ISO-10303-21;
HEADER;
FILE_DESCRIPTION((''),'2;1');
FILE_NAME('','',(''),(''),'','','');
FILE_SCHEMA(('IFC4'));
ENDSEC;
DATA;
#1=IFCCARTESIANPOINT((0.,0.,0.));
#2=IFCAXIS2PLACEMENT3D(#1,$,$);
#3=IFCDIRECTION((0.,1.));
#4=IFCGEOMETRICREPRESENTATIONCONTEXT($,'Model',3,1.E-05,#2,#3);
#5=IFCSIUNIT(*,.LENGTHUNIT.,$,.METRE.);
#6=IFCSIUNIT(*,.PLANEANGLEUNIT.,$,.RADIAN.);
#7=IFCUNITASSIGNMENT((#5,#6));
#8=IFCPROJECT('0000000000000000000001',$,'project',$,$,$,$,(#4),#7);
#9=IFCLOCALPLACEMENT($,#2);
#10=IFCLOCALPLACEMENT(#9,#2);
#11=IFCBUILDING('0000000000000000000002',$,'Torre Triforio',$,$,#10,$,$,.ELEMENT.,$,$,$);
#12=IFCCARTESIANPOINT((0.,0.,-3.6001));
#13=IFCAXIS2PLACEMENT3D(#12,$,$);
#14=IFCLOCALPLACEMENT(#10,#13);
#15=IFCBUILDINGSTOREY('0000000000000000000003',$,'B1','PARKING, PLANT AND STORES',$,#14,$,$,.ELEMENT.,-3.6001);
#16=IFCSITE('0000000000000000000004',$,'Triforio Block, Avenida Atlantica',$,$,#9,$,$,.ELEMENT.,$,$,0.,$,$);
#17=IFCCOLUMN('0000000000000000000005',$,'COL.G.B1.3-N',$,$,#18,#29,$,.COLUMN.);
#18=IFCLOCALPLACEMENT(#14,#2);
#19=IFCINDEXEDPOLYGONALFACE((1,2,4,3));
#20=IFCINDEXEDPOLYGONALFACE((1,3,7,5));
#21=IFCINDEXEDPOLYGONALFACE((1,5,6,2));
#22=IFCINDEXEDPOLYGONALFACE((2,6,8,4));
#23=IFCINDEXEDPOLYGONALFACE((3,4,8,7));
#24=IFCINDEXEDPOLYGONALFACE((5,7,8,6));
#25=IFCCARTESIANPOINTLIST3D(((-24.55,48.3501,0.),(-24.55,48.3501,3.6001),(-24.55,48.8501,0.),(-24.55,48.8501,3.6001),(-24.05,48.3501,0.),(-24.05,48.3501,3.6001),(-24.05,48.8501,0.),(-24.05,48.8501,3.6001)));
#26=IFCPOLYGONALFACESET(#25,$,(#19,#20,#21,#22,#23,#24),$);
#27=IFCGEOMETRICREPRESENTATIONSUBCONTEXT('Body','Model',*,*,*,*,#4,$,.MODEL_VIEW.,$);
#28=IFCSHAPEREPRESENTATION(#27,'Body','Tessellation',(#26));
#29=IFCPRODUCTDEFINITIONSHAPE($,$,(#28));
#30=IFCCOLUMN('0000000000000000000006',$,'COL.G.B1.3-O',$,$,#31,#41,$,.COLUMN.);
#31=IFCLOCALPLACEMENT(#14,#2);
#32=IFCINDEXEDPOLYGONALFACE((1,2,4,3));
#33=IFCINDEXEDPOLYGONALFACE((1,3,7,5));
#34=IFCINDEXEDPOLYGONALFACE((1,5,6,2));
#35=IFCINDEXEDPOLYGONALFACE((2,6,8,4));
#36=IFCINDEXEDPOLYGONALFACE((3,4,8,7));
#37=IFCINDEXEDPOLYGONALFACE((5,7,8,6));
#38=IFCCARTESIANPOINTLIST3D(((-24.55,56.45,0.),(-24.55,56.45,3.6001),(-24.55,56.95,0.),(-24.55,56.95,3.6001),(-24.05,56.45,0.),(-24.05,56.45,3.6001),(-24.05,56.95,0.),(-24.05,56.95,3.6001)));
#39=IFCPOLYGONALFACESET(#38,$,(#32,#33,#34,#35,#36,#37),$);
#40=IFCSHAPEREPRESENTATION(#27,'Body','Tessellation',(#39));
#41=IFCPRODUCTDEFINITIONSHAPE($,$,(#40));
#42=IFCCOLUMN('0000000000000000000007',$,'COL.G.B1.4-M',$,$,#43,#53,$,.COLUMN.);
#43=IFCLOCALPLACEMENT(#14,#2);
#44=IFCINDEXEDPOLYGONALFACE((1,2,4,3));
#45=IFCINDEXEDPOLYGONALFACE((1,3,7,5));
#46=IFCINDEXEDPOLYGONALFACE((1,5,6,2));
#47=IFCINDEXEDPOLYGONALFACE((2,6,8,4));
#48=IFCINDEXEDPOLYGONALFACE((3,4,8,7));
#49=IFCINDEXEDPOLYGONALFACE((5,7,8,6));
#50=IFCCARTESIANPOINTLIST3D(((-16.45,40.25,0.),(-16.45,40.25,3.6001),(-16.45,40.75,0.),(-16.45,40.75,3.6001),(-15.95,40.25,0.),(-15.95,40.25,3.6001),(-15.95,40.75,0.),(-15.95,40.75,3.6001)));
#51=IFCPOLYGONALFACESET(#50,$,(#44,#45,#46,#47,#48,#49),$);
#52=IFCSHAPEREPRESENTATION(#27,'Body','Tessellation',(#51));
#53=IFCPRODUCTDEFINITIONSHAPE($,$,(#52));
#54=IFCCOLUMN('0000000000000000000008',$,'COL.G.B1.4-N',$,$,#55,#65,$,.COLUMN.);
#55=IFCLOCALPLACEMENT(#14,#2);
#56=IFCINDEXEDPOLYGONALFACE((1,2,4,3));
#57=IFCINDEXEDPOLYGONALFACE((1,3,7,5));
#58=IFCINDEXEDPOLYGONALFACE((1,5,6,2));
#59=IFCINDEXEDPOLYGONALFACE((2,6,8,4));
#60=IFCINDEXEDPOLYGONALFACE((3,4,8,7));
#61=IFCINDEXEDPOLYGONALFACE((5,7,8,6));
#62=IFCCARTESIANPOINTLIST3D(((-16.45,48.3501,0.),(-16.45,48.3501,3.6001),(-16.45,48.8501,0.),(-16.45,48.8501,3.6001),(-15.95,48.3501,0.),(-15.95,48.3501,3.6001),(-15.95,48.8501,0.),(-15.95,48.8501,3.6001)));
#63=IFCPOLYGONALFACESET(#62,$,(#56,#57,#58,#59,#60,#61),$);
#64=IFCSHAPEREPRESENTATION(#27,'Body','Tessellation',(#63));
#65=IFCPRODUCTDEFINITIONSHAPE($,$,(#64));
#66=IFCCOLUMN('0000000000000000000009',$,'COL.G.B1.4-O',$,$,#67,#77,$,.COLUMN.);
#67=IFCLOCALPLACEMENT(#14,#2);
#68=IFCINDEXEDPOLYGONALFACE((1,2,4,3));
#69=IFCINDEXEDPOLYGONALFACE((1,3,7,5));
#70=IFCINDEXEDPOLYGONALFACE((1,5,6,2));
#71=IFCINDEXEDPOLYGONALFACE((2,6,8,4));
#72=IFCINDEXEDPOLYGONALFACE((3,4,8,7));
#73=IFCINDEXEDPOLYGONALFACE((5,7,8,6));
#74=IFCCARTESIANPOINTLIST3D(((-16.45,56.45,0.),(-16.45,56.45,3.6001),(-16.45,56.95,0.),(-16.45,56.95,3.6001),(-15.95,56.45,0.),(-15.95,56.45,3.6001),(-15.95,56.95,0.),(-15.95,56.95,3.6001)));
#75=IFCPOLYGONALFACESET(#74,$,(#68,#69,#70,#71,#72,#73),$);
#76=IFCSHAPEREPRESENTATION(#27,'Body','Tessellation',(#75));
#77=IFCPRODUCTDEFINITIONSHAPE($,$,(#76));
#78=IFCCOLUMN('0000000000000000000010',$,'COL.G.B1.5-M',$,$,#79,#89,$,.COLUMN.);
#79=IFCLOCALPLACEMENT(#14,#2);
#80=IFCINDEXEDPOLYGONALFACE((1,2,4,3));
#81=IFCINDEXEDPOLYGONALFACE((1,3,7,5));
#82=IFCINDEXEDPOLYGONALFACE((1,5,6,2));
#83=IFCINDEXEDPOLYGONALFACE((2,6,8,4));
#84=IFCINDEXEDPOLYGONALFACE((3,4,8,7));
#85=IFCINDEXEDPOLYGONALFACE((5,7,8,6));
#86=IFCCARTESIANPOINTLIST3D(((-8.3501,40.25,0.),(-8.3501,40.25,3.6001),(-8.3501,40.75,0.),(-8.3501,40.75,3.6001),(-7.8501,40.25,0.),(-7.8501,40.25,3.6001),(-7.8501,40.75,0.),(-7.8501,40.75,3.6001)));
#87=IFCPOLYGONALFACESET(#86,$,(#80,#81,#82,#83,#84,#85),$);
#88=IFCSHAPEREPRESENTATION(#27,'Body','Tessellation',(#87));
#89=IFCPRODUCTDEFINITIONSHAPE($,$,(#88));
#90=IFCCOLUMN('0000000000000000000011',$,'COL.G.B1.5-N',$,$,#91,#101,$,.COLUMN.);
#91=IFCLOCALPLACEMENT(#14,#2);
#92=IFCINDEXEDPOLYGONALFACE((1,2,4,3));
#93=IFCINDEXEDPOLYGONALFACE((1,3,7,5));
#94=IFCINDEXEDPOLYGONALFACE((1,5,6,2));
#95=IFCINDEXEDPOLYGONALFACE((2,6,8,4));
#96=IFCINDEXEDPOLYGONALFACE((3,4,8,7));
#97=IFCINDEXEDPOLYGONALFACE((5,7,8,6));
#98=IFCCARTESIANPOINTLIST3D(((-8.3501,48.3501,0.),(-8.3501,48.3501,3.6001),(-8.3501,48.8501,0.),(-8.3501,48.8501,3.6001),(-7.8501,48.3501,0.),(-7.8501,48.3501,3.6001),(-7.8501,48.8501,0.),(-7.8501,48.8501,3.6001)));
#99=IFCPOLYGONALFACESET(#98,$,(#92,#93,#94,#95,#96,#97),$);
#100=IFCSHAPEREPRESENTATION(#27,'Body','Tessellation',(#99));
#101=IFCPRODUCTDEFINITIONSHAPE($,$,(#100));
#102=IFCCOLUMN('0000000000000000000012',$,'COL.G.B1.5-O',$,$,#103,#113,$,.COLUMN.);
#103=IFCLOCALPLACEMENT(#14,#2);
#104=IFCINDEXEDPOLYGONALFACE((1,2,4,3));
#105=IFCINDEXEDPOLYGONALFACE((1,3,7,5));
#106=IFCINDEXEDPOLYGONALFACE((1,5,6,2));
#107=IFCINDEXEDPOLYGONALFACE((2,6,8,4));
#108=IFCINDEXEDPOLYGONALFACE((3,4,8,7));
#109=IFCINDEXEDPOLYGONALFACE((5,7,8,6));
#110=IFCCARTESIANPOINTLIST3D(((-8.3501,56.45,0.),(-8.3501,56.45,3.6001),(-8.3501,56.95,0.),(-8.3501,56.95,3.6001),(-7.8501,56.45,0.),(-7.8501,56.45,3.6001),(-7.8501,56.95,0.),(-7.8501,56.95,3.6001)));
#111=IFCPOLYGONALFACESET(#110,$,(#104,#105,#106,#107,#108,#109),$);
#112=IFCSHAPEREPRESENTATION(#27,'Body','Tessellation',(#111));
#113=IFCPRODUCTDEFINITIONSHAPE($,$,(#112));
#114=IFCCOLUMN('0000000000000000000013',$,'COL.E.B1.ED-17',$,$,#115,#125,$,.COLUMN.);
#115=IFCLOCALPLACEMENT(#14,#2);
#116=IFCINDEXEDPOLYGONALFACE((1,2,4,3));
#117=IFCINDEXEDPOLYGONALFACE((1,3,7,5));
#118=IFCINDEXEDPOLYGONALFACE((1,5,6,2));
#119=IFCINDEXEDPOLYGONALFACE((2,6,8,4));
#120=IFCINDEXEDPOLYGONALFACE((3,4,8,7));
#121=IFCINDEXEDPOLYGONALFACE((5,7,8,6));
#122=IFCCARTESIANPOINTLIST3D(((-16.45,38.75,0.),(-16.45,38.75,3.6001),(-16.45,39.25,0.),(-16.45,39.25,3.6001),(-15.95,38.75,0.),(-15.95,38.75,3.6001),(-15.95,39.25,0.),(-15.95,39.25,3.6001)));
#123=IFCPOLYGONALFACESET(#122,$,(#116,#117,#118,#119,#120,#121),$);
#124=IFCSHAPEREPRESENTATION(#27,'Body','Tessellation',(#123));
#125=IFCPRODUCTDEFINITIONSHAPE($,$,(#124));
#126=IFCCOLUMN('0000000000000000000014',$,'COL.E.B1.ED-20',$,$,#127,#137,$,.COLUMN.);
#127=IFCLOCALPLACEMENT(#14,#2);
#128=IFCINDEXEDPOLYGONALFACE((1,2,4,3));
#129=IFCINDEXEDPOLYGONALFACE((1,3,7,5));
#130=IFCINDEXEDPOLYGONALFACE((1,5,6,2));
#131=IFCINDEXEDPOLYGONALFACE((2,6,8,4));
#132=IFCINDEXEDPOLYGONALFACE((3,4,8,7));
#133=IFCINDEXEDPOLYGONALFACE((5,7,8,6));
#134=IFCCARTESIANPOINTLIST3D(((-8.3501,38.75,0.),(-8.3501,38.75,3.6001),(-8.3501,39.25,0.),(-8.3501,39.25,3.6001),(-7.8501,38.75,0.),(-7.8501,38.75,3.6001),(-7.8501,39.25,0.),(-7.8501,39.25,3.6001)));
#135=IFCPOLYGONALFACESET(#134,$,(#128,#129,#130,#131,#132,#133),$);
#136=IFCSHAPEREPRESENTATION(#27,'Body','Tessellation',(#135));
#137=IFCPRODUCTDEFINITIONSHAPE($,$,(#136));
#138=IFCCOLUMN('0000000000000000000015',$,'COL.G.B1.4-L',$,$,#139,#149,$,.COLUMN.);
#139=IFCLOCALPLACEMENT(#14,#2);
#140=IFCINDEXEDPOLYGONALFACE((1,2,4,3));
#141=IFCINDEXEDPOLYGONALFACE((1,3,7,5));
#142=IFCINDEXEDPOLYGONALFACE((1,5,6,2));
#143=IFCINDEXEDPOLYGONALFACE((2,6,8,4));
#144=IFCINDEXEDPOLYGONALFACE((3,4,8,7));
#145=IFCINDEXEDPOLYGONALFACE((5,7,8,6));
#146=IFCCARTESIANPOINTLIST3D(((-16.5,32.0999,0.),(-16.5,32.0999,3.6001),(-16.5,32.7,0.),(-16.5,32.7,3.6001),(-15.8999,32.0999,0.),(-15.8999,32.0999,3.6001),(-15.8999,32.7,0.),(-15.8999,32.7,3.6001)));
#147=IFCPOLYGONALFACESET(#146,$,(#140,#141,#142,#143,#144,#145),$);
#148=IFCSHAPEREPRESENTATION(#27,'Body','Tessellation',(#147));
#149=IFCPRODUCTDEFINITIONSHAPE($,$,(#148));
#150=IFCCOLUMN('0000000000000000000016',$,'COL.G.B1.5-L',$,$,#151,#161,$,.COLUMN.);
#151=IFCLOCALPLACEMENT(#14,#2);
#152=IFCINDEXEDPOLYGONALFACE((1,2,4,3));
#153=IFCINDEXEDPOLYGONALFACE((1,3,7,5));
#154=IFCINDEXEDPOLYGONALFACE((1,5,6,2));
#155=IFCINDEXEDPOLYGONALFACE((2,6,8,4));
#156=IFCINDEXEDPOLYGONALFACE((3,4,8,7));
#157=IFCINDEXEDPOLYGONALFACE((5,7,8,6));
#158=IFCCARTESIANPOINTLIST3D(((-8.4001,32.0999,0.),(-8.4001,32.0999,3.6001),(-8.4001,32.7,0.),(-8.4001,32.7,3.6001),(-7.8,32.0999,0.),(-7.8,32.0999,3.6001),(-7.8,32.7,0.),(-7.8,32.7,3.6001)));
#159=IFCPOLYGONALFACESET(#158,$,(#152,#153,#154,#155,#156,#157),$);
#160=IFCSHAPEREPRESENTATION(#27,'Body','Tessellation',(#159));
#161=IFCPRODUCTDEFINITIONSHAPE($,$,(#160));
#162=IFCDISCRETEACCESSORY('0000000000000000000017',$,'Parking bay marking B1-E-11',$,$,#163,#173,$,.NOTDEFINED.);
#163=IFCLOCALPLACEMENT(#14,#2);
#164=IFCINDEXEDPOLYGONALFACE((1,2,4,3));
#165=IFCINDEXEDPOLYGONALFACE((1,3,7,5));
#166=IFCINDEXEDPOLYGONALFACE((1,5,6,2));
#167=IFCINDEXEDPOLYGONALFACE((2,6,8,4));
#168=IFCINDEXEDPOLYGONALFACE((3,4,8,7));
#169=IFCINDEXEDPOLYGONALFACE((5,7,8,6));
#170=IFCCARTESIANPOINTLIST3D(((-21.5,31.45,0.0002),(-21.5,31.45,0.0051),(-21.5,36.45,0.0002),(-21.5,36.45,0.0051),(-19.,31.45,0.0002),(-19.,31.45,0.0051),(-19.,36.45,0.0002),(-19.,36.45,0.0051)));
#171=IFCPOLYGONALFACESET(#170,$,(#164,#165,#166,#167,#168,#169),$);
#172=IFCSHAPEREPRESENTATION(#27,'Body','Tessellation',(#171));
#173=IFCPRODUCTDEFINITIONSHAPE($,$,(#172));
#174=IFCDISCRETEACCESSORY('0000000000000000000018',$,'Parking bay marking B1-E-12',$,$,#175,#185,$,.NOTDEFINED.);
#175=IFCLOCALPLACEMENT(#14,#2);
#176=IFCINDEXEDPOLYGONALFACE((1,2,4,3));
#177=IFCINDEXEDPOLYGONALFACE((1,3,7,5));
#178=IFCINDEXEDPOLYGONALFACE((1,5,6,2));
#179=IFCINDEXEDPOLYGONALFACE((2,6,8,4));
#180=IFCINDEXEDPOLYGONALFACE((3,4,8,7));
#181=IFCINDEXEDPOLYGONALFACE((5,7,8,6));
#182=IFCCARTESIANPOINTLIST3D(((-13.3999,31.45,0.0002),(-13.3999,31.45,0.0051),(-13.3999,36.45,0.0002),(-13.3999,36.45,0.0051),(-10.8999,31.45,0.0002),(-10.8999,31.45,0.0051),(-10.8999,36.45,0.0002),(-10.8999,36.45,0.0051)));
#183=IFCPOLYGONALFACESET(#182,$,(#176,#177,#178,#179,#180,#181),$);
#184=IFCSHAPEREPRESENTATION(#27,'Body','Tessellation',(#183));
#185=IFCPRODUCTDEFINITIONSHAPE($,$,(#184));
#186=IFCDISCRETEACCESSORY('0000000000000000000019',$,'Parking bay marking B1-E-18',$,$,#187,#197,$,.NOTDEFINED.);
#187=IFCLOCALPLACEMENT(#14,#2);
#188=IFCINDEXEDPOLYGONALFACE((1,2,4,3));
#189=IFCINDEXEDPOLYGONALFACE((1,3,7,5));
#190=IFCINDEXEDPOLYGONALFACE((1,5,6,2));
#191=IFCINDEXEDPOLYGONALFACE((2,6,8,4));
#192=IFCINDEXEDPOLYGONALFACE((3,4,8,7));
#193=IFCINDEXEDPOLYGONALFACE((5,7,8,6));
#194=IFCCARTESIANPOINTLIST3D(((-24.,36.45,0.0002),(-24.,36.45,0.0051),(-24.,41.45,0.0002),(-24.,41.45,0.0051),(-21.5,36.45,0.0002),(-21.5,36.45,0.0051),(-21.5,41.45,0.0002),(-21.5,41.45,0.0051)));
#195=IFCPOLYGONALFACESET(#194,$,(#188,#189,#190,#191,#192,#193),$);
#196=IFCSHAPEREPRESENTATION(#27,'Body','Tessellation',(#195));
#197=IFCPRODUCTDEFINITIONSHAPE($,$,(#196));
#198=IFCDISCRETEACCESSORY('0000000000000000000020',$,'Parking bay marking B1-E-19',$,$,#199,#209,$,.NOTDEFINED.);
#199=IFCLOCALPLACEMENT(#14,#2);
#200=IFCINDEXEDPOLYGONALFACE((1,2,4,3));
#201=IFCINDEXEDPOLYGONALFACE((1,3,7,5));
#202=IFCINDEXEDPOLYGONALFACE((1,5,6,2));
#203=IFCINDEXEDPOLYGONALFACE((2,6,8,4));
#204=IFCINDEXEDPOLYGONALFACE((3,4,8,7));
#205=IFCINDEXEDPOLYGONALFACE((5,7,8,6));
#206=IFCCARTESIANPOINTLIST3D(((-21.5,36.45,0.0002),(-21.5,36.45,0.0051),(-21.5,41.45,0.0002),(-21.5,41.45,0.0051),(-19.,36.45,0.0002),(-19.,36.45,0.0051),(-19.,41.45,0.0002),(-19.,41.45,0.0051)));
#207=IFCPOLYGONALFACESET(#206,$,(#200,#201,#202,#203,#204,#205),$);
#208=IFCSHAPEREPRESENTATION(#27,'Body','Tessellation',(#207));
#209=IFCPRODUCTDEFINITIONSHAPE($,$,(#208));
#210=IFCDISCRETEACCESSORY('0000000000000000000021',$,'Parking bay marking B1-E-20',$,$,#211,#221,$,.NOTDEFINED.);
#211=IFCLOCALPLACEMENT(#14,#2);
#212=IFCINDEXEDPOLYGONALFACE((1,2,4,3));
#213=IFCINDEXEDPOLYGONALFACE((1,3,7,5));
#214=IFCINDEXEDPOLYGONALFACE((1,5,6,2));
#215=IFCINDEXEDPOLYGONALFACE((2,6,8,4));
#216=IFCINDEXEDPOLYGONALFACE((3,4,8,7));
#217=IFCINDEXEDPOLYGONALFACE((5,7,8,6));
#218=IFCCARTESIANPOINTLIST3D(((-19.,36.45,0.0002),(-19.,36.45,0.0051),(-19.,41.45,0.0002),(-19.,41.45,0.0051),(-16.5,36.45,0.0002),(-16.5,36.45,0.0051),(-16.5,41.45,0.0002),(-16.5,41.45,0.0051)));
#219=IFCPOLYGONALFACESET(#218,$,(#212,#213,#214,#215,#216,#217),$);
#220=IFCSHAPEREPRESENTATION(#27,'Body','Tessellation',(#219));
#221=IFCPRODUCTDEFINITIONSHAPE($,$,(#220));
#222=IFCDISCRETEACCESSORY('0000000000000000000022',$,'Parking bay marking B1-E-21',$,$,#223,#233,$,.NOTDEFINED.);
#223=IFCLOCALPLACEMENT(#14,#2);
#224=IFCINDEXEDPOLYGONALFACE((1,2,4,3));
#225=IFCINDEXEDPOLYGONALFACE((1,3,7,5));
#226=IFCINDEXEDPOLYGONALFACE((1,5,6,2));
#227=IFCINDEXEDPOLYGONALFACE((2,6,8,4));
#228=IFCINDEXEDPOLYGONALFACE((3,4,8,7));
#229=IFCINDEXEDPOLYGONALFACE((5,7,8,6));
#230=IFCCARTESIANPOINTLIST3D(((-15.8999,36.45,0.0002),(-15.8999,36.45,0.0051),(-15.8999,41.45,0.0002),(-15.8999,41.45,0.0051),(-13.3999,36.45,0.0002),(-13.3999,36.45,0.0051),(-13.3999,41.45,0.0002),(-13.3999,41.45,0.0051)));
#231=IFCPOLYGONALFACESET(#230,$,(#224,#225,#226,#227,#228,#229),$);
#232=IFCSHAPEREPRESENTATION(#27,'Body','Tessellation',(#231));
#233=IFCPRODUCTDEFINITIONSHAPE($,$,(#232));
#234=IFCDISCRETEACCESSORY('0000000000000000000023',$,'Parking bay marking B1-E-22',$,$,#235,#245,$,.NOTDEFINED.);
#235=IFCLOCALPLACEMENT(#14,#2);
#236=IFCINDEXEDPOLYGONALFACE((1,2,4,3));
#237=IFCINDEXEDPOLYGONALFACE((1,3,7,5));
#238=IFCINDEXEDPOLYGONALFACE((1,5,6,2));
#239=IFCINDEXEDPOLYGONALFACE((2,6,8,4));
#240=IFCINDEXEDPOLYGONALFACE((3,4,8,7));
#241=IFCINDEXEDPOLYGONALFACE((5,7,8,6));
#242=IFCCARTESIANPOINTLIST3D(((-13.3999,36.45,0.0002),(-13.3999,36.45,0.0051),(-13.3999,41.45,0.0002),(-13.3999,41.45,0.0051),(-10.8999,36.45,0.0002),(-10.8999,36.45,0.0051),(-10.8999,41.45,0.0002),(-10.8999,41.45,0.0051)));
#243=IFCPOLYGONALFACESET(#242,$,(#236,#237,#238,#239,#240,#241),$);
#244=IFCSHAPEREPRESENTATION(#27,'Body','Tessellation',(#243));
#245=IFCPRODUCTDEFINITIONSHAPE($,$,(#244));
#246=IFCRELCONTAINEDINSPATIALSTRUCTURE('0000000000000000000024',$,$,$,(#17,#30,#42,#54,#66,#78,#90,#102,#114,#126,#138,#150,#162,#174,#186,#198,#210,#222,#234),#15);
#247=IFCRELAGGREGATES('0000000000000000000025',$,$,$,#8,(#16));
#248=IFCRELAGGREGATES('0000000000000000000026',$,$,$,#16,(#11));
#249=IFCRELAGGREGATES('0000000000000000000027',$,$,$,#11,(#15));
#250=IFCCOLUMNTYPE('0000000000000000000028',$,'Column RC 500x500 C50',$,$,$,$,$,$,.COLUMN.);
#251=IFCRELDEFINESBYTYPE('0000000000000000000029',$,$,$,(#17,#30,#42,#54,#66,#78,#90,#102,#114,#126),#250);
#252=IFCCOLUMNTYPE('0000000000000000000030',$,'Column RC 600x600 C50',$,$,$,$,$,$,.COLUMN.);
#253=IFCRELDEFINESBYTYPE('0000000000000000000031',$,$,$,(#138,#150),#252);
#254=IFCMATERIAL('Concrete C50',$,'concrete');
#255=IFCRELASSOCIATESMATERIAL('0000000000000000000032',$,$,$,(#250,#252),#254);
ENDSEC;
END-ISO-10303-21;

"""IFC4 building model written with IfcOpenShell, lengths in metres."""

from ifc_helpers import new_model, si_unit, direction, frame, origin, origin_2d, place, context, subcontext, project, spatial, rectangle, extrude, material, material_profile, profile_set, type_object, element, save


model = new_model("IFC4")

# Units and contexts
model_context = context("Model", 3, precision=1e-05, world=origin(), true_north=direction((0.0, 1.0)))
body_context = subcontext(model_context, "Body", "Model", "MODEL_VIEW")
ifc_project = project(units=[si_unit("LENGTHUNIT", "METRE"), si_unit("PLANEANGLEUNIT", "RADIAN")], contexts=[model_context])

# Site, building, storey
site_placement = place(None, origin())
site = spatial("IfcSite", under=ifc_project, at=site_placement, Name="Triforio Block, Avenida Atlantica", CompositionType="ELEMENT", RefElevation=0.0)
building_placement = place(site_placement, origin())
building = spatial("IfcBuilding", under=site, at=building_placement, Name="Torre Triforio", CompositionType="ELEMENT")
storey_placement = place(building_placement, frame((0.0, 0.0, -3.6001)))
storey = spatial("IfcBuildingStorey", under=building, at=storey_placement, Name="B1", Description="PARKING, PLANT AND STORES", CompositionType="ELEMENT", Elevation=-3.6001)

# Columns
ifc_material = material(Name="Concrete C50", Category="concrete")
ifc_material_profile_1 = material_profile(ifc_material, rectangle(XDim=0.5, YDim=0.5, at=origin_2d()), Name="RC 500x500")
ifc_profile_set_1 = profile_set([ifc_material_profile_1], Name="Concrete C50")
column_type_1 = type_object("IfcColumnType", Name="Column RC 500x500 C50", PredefinedType="COLUMN", material=ifc_profile_set_1)
for number, where, z_axis, x_axis, name in (
    (1, (-24.3, 48.6001, 0.0), (0.0, 0.0, 1.0), (1.0, 0.0, 0.0), "COL.G.B1.3-N"),
    (2, (-24.3, 56.7, 0.0), (0.0, 0.0, 1.0), (1.0, 0.0, 0.0), "COL.G.B1.3-O"),
    (3, (-16.2, 40.5, 0.0), (0.0, 0.0, 1.0), (1.0, 0.0, 0.0), "COL.G.B1.4-M"),
    (4, (-16.2, 48.6001, 0.0), (0.0, 0.0, 1.0), (1.0, 0.0, 0.0), "COL.G.B1.4-N"),
    (5, (-16.2, 56.7, 0.0), (0.0, 0.0, 1.0), (1.0, 0.0, 0.0), "COL.G.B1.4-O"),
    (6, (-8.1001, 40.5, 0.0), (0.0, 0.0, 1.0), (1.0, 0.0, 0.0), "COL.G.B1.5-M"),
    (7, (-8.1001, 48.6001, 0.0), (0.0, 0.0, 1.0), (1.0, 0.0, 0.0), "COL.G.B1.5-N"),
    (8, (-8.1001, 56.7, 0.0), (0.0, 0.0, 1.0), (1.0, 0.0, 0.0), "COL.G.B1.5-O"),
    (9, (-16.2, 39.0, 0.0), (0.0, 0.0, 1.0), (1.0, 0.0, 0.0), "COL.E.B1.ED-17"),
    (10, (-8.1001, 39.0, 0.0), (0.0, 0.0, 1.0), (1.0, 0.0, 0.0), "COL.E.B1.ED-20"),
):
    element("IfcColumn", number, at=place(storey_placement, frame(where, z_axis=z_axis, x_axis=x_axis)), inside=storey, type_object=column_type_1, Name=name, PredefinedType="COLUMN", context=body_context, shape_type="SweptSolid", body=[
        extrude(rectangle(XDim=0.5, YDim=0.5, at=origin_2d()), origin(), (0.0, 0.0, 1.0), 3.6001),
    ])
ifc_material_profile_2 = material_profile(ifc_material, rectangle(XDim=0.6001, YDim=0.6001, at=origin_2d()), Name="RC 600x600")
ifc_profile_set_2 = profile_set([ifc_material_profile_2], Name="Concrete C50")
column_type_2 = type_object("IfcColumnType", Name="Column RC 600x600 C50", PredefinedType="COLUMN", material=ifc_profile_set_2)
for number, where, z_axis, x_axis, name in (
    (11, (-16.2, 32.3999, 0.0), (0.0, 0.0, 1.0), (1.0, 0.0, 0.0), "COL.G.B1.4-L"),
    (12, (-8.1001, 32.3999, 0.0), (0.0, 0.0, 1.0), (1.0, 0.0, 0.0), "COL.G.B1.5-L"),
):
    element("IfcColumn", number, at=place(storey_placement, frame(where, z_axis=z_axis, x_axis=x_axis)), inside=storey, type_object=column_type_2, Name=name, PredefinedType="COLUMN", context=body_context, shape_type="SweptSolid", body=[
        extrude(rectangle(XDim=0.6001, YDim=0.6001, at=origin_2d()), origin(), (0.0, 0.0, 1.0), 3.6001),
    ])

# Discrete accessories
for number, where, z_axis, x_axis, name in (
    (13, (-20.25, 33.95, 0.0002), (0.0, 0.0, 1.0), (1.0, 0.0, 0.0), "Parking bay marking B1-E-11"),
    (14, (-12.1499, 33.95, 0.0002), (0.0, 0.0, 1.0), (1.0, 0.0, 0.0), "Parking bay marking B1-E-12"),
    (15, (-22.75, 38.95, 0.0002), (0.0, 0.0, 1.0), (1.0, 0.0, 0.0), "Parking bay marking B1-E-18"),
    (16, (-20.25, 38.95, 0.0002), (0.0, 0.0, 1.0), (1.0, 0.0, 0.0), "Parking bay marking B1-E-19"),
    (17, (-17.75, 38.95, 0.0002), (0.0, 0.0, 1.0), (1.0, 0.0, 0.0), "Parking bay marking B1-E-20"),
    (18, (-14.6499, 38.95, 0.0002), (0.0, 0.0, 1.0), (1.0, 0.0, 0.0), "Parking bay marking B1-E-21"),
    (19, (-12.1499, 38.95, 0.0002), (0.0, 0.0, 1.0), (1.0, 0.0, 0.0), "Parking bay marking B1-E-22"),
):
    element("IfcDiscreteAccessory", number, at=place(storey_placement, frame(where, z_axis=z_axis, x_axis=x_axis)), inside=storey, Name=name, PredefinedType="NOTDEFINED", context=body_context, shape_type="SweptSolid", body=[
        extrude(rectangle(XDim=2.5, YDim=5.0, at=origin_2d()), origin(), (0.0, 0.0, 1.0), 0.0049),
    ])

save(model, "model.ifc")
